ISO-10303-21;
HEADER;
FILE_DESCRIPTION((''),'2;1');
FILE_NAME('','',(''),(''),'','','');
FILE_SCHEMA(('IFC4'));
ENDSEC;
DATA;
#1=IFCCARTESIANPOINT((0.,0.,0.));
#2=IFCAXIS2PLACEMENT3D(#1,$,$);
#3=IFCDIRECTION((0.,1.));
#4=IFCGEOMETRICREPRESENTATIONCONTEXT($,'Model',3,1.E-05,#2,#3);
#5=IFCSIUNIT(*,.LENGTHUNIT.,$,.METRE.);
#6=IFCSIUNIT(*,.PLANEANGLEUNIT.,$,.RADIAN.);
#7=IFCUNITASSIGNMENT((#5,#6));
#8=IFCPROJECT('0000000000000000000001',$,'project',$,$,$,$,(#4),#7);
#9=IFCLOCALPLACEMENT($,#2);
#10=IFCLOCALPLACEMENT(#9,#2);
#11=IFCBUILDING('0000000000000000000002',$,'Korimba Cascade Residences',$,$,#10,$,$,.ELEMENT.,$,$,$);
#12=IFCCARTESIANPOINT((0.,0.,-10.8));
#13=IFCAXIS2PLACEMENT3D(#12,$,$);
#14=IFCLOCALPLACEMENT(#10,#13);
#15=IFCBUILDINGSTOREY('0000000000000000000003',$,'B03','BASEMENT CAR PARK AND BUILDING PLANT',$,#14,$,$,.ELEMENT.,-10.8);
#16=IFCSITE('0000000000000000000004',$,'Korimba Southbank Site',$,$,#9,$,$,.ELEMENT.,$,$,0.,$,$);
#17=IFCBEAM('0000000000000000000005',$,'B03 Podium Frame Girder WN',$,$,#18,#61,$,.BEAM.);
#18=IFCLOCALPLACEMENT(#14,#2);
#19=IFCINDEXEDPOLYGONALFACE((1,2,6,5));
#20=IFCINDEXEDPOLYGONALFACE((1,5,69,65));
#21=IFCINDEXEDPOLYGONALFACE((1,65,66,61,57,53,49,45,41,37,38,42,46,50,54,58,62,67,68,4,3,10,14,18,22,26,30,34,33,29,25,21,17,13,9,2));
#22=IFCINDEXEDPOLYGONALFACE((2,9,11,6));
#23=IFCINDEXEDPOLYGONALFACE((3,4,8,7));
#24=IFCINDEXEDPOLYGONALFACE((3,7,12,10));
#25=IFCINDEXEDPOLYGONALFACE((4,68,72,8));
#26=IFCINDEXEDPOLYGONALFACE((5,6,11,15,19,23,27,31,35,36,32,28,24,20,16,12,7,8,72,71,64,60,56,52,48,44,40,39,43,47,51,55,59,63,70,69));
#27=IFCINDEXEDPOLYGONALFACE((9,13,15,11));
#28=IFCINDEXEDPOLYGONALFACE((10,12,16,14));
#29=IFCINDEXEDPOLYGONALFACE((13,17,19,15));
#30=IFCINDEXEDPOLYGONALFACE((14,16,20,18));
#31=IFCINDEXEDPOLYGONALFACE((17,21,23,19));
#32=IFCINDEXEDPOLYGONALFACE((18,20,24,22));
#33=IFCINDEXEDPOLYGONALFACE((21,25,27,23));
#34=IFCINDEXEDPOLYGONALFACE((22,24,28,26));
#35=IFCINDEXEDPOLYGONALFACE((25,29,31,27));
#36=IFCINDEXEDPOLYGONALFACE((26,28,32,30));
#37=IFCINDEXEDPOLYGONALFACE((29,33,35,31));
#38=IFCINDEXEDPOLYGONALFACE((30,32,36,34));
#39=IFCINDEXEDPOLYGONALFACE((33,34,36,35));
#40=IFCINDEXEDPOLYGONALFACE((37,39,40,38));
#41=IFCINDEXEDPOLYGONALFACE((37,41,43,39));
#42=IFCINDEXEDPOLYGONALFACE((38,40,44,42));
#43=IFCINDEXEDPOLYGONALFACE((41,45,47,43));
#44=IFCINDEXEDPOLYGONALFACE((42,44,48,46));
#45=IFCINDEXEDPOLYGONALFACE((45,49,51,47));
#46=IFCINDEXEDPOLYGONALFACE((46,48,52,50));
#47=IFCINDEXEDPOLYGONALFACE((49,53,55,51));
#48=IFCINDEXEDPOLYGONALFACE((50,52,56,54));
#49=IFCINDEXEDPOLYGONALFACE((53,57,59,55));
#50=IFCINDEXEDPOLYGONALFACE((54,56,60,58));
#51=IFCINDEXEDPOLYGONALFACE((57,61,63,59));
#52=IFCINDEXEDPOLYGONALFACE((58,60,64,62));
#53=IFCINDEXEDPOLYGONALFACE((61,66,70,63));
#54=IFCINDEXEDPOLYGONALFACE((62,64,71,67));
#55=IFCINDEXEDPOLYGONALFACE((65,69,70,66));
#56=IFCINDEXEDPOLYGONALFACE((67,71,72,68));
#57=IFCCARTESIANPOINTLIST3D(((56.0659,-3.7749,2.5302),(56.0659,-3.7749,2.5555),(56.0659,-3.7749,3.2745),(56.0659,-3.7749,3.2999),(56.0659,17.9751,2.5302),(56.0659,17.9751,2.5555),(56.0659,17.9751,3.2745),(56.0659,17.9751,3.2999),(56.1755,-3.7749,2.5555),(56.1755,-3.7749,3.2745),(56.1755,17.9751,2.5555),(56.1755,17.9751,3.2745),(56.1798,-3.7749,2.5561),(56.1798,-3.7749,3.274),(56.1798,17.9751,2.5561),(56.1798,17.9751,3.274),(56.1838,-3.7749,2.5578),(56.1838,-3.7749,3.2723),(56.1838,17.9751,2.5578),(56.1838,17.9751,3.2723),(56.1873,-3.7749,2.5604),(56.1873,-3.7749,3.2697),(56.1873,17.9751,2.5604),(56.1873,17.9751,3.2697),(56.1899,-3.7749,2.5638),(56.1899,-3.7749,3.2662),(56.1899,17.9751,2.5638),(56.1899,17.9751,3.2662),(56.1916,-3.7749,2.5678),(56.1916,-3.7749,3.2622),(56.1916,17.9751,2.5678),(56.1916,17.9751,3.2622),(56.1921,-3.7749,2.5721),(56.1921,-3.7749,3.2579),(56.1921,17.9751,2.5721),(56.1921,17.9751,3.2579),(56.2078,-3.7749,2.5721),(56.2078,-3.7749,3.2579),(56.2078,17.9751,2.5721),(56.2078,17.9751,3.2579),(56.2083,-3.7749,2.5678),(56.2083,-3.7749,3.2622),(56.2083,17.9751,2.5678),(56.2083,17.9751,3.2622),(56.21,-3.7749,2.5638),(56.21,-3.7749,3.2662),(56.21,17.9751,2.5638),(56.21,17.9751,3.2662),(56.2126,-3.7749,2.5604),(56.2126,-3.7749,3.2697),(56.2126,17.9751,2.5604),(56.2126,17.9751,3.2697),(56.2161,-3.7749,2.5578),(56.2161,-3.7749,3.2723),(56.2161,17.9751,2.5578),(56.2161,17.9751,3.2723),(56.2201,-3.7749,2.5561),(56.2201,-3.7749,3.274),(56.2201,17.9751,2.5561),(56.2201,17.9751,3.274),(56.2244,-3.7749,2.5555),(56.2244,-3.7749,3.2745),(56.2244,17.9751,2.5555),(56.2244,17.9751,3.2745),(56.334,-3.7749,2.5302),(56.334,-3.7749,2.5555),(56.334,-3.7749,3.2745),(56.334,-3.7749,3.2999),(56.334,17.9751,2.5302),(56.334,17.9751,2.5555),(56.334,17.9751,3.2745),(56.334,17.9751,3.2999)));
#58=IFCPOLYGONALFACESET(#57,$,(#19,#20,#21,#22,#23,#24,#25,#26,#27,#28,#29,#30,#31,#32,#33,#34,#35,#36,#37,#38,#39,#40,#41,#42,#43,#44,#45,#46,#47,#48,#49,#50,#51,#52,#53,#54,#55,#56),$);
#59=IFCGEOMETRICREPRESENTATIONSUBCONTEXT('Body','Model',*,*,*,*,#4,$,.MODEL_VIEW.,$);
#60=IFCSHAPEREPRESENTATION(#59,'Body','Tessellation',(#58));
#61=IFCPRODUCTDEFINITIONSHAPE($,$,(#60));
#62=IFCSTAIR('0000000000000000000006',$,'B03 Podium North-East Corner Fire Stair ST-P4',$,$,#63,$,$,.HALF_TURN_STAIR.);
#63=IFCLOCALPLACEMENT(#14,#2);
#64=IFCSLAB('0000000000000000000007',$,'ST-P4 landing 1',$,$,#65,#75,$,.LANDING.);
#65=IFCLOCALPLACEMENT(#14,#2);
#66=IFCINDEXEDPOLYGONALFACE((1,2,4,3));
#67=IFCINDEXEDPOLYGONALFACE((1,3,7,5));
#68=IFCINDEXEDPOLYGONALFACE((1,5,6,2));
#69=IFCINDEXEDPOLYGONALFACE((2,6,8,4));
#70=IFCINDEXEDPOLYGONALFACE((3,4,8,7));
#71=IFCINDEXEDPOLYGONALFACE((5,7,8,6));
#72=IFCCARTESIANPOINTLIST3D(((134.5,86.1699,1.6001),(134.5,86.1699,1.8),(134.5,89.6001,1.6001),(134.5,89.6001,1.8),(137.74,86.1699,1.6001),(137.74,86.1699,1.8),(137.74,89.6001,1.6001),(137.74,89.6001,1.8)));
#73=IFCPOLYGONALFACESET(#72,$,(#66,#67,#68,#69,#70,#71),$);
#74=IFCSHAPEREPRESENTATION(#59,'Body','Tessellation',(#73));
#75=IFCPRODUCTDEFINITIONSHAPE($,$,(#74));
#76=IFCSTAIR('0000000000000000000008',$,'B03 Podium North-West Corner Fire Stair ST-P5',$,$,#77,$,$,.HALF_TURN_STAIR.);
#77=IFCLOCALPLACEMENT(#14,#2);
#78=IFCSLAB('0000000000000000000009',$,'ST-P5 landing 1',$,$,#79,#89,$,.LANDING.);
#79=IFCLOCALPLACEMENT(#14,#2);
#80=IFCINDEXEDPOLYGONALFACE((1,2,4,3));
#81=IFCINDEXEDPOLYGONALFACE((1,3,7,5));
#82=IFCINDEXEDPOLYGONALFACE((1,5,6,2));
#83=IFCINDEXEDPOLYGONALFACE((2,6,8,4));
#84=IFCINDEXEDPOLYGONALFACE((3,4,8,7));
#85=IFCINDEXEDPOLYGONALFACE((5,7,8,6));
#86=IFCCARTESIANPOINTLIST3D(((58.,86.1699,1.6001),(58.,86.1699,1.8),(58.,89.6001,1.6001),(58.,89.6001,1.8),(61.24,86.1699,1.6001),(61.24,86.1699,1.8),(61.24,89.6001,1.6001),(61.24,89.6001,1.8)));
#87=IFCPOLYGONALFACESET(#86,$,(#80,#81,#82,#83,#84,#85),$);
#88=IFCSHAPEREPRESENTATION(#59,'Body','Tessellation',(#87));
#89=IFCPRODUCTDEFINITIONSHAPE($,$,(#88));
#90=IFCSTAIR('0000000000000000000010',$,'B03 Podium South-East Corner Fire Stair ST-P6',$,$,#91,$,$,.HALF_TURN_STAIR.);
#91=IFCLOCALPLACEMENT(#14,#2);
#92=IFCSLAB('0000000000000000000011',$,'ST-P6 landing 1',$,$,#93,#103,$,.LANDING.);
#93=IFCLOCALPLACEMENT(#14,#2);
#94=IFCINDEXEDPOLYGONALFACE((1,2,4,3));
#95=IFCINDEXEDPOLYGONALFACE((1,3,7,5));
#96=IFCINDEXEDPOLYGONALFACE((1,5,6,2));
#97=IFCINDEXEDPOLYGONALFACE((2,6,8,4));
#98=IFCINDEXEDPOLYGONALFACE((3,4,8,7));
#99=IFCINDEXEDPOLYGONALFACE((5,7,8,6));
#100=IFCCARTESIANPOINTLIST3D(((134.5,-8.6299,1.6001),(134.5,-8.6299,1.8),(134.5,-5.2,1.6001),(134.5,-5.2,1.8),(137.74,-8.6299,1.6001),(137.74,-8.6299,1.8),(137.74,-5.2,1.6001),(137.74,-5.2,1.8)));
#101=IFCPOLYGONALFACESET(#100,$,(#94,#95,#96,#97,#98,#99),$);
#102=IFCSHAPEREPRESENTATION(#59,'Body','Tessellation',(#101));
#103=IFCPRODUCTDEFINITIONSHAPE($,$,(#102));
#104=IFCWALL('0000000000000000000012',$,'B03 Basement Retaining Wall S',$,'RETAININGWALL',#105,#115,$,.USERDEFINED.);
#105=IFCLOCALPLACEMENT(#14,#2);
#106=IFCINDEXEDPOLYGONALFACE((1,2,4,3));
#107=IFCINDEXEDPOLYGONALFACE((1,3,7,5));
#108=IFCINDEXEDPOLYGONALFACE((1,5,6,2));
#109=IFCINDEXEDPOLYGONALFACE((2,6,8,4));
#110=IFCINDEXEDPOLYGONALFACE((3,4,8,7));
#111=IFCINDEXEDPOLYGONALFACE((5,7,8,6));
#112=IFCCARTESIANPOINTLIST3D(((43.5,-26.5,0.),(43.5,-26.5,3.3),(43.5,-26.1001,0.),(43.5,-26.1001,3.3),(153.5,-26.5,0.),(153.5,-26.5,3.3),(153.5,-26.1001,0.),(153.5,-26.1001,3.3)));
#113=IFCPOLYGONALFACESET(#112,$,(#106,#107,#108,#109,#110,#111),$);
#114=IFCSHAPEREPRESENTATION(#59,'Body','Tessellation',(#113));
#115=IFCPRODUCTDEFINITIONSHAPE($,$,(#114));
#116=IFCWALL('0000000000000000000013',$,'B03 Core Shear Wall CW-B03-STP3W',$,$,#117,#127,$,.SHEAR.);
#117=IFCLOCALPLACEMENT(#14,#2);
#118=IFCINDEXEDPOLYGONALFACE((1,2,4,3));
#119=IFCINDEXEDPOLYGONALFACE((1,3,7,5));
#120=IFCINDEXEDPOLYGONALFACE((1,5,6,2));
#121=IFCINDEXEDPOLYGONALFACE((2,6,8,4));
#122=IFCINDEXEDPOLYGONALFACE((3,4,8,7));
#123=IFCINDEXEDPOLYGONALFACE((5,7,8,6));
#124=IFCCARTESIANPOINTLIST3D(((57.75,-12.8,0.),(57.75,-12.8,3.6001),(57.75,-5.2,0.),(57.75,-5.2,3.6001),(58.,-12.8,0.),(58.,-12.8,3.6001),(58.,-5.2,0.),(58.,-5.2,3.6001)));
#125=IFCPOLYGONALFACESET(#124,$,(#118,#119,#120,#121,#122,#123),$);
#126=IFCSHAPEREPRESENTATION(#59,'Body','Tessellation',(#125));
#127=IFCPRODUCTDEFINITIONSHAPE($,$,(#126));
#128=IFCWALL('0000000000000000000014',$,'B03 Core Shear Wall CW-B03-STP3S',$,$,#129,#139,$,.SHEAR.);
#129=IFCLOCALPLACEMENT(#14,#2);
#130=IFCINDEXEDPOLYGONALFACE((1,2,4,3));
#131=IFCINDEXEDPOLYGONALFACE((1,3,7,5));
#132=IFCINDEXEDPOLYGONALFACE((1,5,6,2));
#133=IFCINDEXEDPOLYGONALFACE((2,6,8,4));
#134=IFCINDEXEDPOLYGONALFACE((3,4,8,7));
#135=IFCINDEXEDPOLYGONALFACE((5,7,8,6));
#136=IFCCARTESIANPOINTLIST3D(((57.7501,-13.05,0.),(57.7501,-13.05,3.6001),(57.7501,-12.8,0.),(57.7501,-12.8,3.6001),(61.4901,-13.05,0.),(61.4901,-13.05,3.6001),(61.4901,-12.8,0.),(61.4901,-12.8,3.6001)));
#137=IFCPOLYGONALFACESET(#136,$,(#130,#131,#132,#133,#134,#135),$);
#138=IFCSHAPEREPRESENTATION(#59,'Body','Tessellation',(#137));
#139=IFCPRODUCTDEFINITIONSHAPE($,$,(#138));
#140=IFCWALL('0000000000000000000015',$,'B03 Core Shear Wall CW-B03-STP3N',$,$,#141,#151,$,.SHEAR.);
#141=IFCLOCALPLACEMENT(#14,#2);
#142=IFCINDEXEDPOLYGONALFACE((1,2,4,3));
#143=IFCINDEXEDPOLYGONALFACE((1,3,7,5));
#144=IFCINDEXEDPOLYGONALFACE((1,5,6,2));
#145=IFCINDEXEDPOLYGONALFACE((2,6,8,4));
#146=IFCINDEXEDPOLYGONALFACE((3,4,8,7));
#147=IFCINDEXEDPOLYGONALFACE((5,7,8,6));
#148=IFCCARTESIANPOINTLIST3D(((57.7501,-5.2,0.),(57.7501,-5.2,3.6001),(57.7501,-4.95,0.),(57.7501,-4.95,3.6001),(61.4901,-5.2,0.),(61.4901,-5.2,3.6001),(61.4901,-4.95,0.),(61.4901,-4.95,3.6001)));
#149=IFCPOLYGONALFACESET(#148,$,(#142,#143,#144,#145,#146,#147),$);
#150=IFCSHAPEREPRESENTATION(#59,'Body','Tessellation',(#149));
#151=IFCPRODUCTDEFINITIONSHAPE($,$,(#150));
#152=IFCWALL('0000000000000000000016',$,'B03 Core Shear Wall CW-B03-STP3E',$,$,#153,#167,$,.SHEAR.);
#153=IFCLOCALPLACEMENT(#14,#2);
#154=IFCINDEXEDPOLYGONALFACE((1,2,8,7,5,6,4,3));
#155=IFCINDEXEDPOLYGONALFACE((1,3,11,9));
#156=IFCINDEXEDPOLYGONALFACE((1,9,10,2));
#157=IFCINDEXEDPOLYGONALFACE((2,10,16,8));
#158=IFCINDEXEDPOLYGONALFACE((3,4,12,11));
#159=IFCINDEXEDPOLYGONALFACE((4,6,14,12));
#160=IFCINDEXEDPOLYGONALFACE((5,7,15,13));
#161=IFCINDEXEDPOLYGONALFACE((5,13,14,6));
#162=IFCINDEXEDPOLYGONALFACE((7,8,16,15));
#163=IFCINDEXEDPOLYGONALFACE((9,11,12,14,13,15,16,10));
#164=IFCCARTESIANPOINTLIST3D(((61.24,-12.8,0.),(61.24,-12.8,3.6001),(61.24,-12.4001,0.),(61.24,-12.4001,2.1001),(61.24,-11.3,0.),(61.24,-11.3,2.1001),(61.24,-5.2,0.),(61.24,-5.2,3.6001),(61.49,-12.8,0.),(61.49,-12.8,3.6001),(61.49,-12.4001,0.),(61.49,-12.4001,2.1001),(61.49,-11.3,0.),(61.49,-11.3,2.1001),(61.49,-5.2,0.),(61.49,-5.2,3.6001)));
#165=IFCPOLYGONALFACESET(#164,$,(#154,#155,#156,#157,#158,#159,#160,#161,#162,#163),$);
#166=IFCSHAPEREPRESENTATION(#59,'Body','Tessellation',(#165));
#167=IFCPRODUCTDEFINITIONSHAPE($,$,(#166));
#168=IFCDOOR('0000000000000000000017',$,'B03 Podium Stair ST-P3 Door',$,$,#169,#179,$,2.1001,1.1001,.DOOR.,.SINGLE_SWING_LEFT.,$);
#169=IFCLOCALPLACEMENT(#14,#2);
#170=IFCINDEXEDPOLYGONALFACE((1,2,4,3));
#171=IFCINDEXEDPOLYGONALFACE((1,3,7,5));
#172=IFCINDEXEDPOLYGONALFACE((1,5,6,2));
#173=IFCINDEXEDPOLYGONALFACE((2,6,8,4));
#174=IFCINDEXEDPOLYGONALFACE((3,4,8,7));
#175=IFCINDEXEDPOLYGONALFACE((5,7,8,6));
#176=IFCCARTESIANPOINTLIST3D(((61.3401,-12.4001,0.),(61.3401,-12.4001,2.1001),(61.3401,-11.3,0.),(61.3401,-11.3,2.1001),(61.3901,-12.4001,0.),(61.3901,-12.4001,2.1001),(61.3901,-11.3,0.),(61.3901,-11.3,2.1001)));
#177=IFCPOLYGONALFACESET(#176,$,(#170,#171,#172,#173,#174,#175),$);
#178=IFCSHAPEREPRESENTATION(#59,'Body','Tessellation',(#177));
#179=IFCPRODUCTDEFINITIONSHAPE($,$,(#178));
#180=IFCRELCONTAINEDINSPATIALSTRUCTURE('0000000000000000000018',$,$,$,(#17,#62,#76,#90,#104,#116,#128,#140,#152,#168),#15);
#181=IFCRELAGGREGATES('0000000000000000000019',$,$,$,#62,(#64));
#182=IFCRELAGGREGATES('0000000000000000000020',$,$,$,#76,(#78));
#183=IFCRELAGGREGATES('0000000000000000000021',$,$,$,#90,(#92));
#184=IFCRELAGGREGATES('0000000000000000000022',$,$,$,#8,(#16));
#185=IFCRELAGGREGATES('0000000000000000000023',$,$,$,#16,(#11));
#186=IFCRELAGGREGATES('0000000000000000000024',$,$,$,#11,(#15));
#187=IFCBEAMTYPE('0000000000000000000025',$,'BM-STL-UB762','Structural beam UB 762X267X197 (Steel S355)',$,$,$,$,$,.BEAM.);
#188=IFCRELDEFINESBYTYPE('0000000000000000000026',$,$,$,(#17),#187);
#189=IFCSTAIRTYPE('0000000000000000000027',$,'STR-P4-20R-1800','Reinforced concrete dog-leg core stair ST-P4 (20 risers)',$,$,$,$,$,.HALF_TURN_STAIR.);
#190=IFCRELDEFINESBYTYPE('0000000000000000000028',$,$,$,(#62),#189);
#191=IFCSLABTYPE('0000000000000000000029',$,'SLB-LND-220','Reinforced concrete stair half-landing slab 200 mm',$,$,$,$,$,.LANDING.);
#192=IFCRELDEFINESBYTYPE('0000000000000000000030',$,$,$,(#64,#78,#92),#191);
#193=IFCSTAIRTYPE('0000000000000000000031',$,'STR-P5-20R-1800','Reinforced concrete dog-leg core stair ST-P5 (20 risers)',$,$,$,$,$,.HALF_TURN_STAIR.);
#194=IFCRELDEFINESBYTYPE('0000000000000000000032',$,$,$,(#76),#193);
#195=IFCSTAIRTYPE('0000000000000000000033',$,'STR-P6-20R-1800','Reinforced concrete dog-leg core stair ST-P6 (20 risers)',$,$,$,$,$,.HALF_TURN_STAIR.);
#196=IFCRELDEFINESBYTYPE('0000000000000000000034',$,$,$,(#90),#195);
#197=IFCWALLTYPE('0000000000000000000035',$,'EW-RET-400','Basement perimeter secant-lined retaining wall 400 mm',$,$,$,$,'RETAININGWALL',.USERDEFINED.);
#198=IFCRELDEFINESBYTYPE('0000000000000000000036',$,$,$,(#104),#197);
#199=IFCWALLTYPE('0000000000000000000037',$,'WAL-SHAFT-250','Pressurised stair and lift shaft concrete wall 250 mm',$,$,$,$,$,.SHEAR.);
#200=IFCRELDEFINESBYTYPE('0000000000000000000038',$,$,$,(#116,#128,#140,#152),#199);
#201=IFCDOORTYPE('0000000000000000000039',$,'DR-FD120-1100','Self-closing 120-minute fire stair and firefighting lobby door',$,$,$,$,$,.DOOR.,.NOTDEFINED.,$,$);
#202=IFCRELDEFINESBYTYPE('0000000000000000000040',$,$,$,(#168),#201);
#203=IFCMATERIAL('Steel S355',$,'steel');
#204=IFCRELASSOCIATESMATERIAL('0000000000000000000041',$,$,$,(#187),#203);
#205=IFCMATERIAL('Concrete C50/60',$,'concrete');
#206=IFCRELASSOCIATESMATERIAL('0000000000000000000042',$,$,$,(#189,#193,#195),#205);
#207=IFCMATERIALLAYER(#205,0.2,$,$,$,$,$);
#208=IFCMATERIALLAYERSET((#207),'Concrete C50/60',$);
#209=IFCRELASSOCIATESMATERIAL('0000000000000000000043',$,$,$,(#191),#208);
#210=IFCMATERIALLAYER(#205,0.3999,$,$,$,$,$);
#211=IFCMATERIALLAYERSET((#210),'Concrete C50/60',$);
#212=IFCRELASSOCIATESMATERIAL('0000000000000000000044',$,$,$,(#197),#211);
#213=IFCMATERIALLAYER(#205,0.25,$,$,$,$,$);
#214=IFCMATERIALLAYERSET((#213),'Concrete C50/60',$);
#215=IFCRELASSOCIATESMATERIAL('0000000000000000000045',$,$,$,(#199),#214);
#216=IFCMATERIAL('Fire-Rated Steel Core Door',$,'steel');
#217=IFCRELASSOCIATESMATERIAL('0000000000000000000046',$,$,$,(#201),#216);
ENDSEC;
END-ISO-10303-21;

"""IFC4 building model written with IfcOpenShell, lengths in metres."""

from ifc_helpers import new_model, si_unit, direction, frame, frame_2d, origin, origin_2d, place, context, subcontext, project, spatial, polyline, rectangle, i_section, outline, extrude, material, layer, layer_set, material_profile, profile_set, type_object, element, fill, aggregate, save


model = new_model("IFC4")

# Units and contexts
model_context = context("Model", 3, precision=1e-05, world=origin(), true_north=direction((0.0, 1.0)))
body_context = subcontext(model_context, "Body", "Model", "MODEL_VIEW")
ifc_project = project(units=[si_unit("LENGTHUNIT", "METRE"), si_unit("PLANEANGLEUNIT", "RADIAN")], contexts=[model_context])

# Site, building, storey
site_placement = place(None, origin())
site = spatial("IfcSite", under=ifc_project, at=site_placement, Name="Korimba Southbank Site", CompositionType="ELEMENT", RefElevation=0.0)
building_placement = place(site_placement, origin())
building = spatial("IfcBuilding", under=site, at=building_placement, Name="Korimba Cascade Residences", CompositionType="ELEMENT")
storey_placement = place(building_placement, frame((0.0, 0.0, -10.8)))
storey = spatial("IfcBuildingStorey", under=building, at=storey_placement, Name="B03", Description="BASEMENT CAR PARK AND BUILDING PLANT", CompositionType="ELEMENT", Elevation=-10.8)

# Shared definitions
ifc_material_1 = material(Name="Concrete C50/60", Category="concrete")

# Beam
ifc_material_2 = material(Name="Steel S355", Category="steel")
ifc_material_profile_1 = material_profile(ifc_material_2, i_section(OverallWidth=0.2681, OverallDepth=0.7698, WebThickness=0.0156, FlangeThickness=0.0254, FilletRadius=0.0166, at=origin_2d()), Name="Steel S355")
ifc_profile_set_1 = profile_set([ifc_material_profile_1], Name="Steel S355")
beam_type = type_object("IfcBeamType", Name="BM-STL-UB762", Description="Structural beam UB 762X267X197 (Steel S355)", PredefinedType="BEAM", material=ifc_profile_set_1)
beam_placement = place(storey_placement, frame((56.2, -3.7749, 2.915), z_axis=(0.0, 1.0, 0.0), x_axis=(-1.0, 0.0, 0.0)))
element("IfcBeam", 1, at=beam_placement, inside=storey, type_object=beam_type, Name="B03 Podium Frame Girder WN", PredefinedType="BEAM", context=body_context, shape_type="SweptSolid", body=[
    extrude(i_section(OverallWidth=0.2681, OverallDepth=0.7698, WebThickness=0.0156, FlangeThickness=0.0254, FilletRadius=0.0166, at=origin_2d()), origin(), (0.0, 0.0, 1.0), 21.75),
])

# Stairs, slabs
stair_type_1 = type_object("IfcStairType", Name="STR-P4-20R-1800", Description="Reinforced concrete dog-leg core stair ST-P4 (20 risers)", PredefinedType="HALF_TURN_STAIR", material=ifc_material_1)
stair_1_placement = place(storey_placement, origin())
stair_1 = element("IfcStair", 2, at=stair_1_placement, inside=storey, type_object=stair_type_1, Name="B03 Podium North-East Corner Fire Stair ST-P4", PredefinedType="HALF_TURN_STAIR")
ifc_layer_1 = layer(ifc_material_1, 0.2)
ifc_layer_set_1 = layer_set([ifc_layer_1], Name="Concrete C50/60")
slab_type = type_object("IfcSlabType", Name="SLB-LND-220", Description="Reinforced concrete stair half-landing slab 200 mm", PredefinedType="LANDING", material=ifc_layer_set_1)
slab_1_placement = place(storey_placement, frame((0.0, 0.0, 1.6001)))
slab_1 = element("IfcSlab", 3, at=slab_1_placement, type_object=slab_type, Name="ST-P4 landing 1", PredefinedType="LANDING", context=body_context, shape_type="SweptSolid", body=[
    extrude(outline(polyline([(137.74, 86.1699), (137.74, 89.6001), (134.5, 89.6001), (134.5, 86.1699), (137.74, 86.1699)])), origin(), (0.0, 0.0, 1.0), 0.2),
])
aggregate(stair_1, [slab_1])
stair_type_2 = type_object("IfcStairType", Name="STR-P5-20R-1800", Description="Reinforced concrete dog-leg core stair ST-P5 (20 risers)", PredefinedType="HALF_TURN_STAIR", material=ifc_material_1)
stair_2_placement = place(storey_placement, origin())
stair_2 = element("IfcStair", 4, at=stair_2_placement, inside=storey, type_object=stair_type_2, Name="B03 Podium North-West Corner Fire Stair ST-P5", PredefinedType="HALF_TURN_STAIR")
slab_2_placement = place(storey_placement, frame((0.0, 0.0, 1.6001)))
slab_2 = element("IfcSlab", 5, at=slab_2_placement, type_object=slab_type, Name="ST-P5 landing 1", PredefinedType="LANDING", context=body_context, shape_type="SweptSolid", body=[
    extrude(outline(polyline([(61.24, 86.1699), (61.24, 89.6001), (58.0, 89.6001), (58.0, 86.1699), (61.24, 86.1699)])), origin(), (0.0, 0.0, 1.0), 0.2),
])
aggregate(stair_2, [slab_2])
stair_type_3 = type_object("IfcStairType", Name="STR-P6-20R-1800", Description="Reinforced concrete dog-leg core stair ST-P6 (20 risers)", PredefinedType="HALF_TURN_STAIR", material=ifc_material_1)
stair_3_placement = place(storey_placement, origin())
stair_3 = element("IfcStair", 6, at=stair_3_placement, inside=storey, type_object=stair_type_3, Name="B03 Podium South-East Corner Fire Stair ST-P6", PredefinedType="HALF_TURN_STAIR")
slab_3_placement = place(storey_placement, frame((0.0, 0.0, 1.6001)))
slab_3 = element("IfcSlab", 7, at=slab_3_placement, type_object=slab_type, Name="ST-P6 landing 1", PredefinedType="LANDING", context=body_context, shape_type="SweptSolid", body=[
    extrude(outline(polyline([(137.74, -8.6299), (137.74, -5.2), (134.5, -5.2), (134.5, -8.6299), (137.74, -8.6299)])), origin(), (0.0, 0.0, 1.0), 0.2),
])
aggregate(stair_3, [slab_3])

# Walls
ifc_layer_2 = layer(ifc_material_1, 0.3999)
ifc_layer_set_2 = layer_set([ifc_layer_2], Name="Concrete C50/60")
wall_type_1 = type_object("IfcWallType", Name="EW-RET-400", Description="Basement perimeter secant-lined retaining wall 400 mm", ElementType="RETAININGWALL", PredefinedType="USERDEFINED", material=ifc_layer_set_2)
wall_1_placement = place(storey_placement, frame((43.5, -26.3, 0.0), z_axis=(0.0, 0.0, 1.0), x_axis=(1.0, 0.0, 0.0)))
element("IfcWall", 8, at=wall_1_placement, inside=storey, type_object=wall_type_1, Name="B03 Basement Retaining Wall S", ObjectType="RETAININGWALL", PredefinedType="USERDEFINED", context=body_context, shape_type="SweptSolid", body=[
    extrude(rectangle(XDim=110.0, YDim=0.3999, at=frame_2d((55.0, 0.0))), origin(), (0.0, 0.0, 1.0), 3.3),
])
ifc_layer_3 = layer(ifc_material_1, 0.25)
ifc_layer_set_3 = layer_set([ifc_layer_3], Name="Concrete C50/60")
wall_type_2 = type_object("IfcWallType", Name="WAL-SHAFT-250", Description="Pressurised stair and lift shaft concrete wall 250 mm", PredefinedType="SHEAR", material=ifc_layer_set_3)
wall_2_placement = place(storey_placement, frame((57.875, -12.8, 0.0), z_axis=(0.0, 0.0, 1.0), x_axis=(0.0, 1.0, 0.0)))
element("IfcWall", 9, at=wall_2_placement, inside=storey, type_object=wall_type_2, Name="B03 Core Shear Wall CW-B03-STP3W", PredefinedType="SHEAR", context=body_context, shape_type="SweptSolid", body=[
    extrude(rectangle(XDim=7.6001, YDim=0.25, at=frame_2d((3.8, 0.0))), origin(), (0.0, 0.0, 1.0), 3.6001),
])
for number, where, z_axis, x_axis, name in (
    (10, (57.75, -12.925, 0.0), (0.0, 0.0, 1.0), (1.0, 0.0, 0.0), "B03 Core Shear Wall CW-B03-STP3S"),
    (11, (57.75, -5.075, 0.0), (0.0, 0.0, 1.0), (1.0, 0.0, 0.0), "B03 Core Shear Wall CW-B03-STP3N"),
):
    element("IfcWall", number, at=place(storey_placement, frame(where, z_axis=z_axis, x_axis=x_axis)), inside=storey, type_object=wall_type_2, Name=name, PredefinedType="SHEAR", context=body_context, shape_type="SweptSolid", body=[
        extrude(rectangle(XDim=3.74, YDim=0.25, at=frame_2d((1.8701, 0.0))), origin(), (0.0, 0.0, 1.0), 3.6001),
    ])

# Wall, opening, door
wall_3_placement = place(storey_placement, frame((61.365, -12.8, 0.0), z_axis=(0.0, 0.0, 1.0), x_axis=(0.0, 1.0, 0.0)))
wall_3 = element("IfcWall", 12, at=wall_3_placement, inside=storey, type_object=wall_type_2, Name="B03 Core Shear Wall CW-B03-STP3E", PredefinedType="SHEAR", context=body_context, shape_type="SweptSolid", body=[
    extrude(rectangle(XDim=7.6001, YDim=0.25, at=frame_2d((3.8, 0.0))), origin(), (0.0, 0.0, 1.0), 3.6001),
])
opening_placement = place(wall_3_placement, frame((0.3999, 0.0, 0.0)))
opening = element("IfcOpeningElement", 13, at=opening_placement, cuts=wall_3, PredefinedType="OPENING", context=body_context, shape_type="SweptSolid", body=[
    extrude(rectangle(XDim=1.1001, YDim=2.1001, at=frame_2d((0.55, 1.05))), frame((0.0, 0.135, 0.0), z_axis=(0.0, -1.0, 0.0), x_axis=(1.0, 0.0, 0.0)), (0.0, 0.0, 1.0), 0.27),
])
ifc_material_3 = material(Name="Fire-Rated Steel Core Door", Category="steel")
door_type = type_object("IfcDoorType", Name="DR-FD120-1100", Description="Self-closing 120-minute fire stair and firefighting lobby door", OperationType="NOTDEFINED", PredefinedType="DOOR", material=ifc_material_3)
door_placement = place(opening_placement, origin())
door = element("IfcDoor", 14, at=door_placement, inside=storey, type_object=door_type, Name="B03 Podium Stair ST-P3 Door", OperationType="SINGLE_SWING_LEFT", OverallHeight=2.1001, OverallWidth=1.1001, PredefinedType="DOOR", context=body_context, shape_type="SweptSolid", body=[
    extrude(rectangle(XDim=1.1001, YDim=2.1001, at=frame_2d((0.55, 1.05))), frame((0.0, 0.0249, 0.0), z_axis=(0.0, -1.0, 0.0), x_axis=(1.0, 0.0, 0.0)), (0.0, 0.0, 1.0), 0.05),
])
fill(opening, door)

save(model, "model.ifc")
